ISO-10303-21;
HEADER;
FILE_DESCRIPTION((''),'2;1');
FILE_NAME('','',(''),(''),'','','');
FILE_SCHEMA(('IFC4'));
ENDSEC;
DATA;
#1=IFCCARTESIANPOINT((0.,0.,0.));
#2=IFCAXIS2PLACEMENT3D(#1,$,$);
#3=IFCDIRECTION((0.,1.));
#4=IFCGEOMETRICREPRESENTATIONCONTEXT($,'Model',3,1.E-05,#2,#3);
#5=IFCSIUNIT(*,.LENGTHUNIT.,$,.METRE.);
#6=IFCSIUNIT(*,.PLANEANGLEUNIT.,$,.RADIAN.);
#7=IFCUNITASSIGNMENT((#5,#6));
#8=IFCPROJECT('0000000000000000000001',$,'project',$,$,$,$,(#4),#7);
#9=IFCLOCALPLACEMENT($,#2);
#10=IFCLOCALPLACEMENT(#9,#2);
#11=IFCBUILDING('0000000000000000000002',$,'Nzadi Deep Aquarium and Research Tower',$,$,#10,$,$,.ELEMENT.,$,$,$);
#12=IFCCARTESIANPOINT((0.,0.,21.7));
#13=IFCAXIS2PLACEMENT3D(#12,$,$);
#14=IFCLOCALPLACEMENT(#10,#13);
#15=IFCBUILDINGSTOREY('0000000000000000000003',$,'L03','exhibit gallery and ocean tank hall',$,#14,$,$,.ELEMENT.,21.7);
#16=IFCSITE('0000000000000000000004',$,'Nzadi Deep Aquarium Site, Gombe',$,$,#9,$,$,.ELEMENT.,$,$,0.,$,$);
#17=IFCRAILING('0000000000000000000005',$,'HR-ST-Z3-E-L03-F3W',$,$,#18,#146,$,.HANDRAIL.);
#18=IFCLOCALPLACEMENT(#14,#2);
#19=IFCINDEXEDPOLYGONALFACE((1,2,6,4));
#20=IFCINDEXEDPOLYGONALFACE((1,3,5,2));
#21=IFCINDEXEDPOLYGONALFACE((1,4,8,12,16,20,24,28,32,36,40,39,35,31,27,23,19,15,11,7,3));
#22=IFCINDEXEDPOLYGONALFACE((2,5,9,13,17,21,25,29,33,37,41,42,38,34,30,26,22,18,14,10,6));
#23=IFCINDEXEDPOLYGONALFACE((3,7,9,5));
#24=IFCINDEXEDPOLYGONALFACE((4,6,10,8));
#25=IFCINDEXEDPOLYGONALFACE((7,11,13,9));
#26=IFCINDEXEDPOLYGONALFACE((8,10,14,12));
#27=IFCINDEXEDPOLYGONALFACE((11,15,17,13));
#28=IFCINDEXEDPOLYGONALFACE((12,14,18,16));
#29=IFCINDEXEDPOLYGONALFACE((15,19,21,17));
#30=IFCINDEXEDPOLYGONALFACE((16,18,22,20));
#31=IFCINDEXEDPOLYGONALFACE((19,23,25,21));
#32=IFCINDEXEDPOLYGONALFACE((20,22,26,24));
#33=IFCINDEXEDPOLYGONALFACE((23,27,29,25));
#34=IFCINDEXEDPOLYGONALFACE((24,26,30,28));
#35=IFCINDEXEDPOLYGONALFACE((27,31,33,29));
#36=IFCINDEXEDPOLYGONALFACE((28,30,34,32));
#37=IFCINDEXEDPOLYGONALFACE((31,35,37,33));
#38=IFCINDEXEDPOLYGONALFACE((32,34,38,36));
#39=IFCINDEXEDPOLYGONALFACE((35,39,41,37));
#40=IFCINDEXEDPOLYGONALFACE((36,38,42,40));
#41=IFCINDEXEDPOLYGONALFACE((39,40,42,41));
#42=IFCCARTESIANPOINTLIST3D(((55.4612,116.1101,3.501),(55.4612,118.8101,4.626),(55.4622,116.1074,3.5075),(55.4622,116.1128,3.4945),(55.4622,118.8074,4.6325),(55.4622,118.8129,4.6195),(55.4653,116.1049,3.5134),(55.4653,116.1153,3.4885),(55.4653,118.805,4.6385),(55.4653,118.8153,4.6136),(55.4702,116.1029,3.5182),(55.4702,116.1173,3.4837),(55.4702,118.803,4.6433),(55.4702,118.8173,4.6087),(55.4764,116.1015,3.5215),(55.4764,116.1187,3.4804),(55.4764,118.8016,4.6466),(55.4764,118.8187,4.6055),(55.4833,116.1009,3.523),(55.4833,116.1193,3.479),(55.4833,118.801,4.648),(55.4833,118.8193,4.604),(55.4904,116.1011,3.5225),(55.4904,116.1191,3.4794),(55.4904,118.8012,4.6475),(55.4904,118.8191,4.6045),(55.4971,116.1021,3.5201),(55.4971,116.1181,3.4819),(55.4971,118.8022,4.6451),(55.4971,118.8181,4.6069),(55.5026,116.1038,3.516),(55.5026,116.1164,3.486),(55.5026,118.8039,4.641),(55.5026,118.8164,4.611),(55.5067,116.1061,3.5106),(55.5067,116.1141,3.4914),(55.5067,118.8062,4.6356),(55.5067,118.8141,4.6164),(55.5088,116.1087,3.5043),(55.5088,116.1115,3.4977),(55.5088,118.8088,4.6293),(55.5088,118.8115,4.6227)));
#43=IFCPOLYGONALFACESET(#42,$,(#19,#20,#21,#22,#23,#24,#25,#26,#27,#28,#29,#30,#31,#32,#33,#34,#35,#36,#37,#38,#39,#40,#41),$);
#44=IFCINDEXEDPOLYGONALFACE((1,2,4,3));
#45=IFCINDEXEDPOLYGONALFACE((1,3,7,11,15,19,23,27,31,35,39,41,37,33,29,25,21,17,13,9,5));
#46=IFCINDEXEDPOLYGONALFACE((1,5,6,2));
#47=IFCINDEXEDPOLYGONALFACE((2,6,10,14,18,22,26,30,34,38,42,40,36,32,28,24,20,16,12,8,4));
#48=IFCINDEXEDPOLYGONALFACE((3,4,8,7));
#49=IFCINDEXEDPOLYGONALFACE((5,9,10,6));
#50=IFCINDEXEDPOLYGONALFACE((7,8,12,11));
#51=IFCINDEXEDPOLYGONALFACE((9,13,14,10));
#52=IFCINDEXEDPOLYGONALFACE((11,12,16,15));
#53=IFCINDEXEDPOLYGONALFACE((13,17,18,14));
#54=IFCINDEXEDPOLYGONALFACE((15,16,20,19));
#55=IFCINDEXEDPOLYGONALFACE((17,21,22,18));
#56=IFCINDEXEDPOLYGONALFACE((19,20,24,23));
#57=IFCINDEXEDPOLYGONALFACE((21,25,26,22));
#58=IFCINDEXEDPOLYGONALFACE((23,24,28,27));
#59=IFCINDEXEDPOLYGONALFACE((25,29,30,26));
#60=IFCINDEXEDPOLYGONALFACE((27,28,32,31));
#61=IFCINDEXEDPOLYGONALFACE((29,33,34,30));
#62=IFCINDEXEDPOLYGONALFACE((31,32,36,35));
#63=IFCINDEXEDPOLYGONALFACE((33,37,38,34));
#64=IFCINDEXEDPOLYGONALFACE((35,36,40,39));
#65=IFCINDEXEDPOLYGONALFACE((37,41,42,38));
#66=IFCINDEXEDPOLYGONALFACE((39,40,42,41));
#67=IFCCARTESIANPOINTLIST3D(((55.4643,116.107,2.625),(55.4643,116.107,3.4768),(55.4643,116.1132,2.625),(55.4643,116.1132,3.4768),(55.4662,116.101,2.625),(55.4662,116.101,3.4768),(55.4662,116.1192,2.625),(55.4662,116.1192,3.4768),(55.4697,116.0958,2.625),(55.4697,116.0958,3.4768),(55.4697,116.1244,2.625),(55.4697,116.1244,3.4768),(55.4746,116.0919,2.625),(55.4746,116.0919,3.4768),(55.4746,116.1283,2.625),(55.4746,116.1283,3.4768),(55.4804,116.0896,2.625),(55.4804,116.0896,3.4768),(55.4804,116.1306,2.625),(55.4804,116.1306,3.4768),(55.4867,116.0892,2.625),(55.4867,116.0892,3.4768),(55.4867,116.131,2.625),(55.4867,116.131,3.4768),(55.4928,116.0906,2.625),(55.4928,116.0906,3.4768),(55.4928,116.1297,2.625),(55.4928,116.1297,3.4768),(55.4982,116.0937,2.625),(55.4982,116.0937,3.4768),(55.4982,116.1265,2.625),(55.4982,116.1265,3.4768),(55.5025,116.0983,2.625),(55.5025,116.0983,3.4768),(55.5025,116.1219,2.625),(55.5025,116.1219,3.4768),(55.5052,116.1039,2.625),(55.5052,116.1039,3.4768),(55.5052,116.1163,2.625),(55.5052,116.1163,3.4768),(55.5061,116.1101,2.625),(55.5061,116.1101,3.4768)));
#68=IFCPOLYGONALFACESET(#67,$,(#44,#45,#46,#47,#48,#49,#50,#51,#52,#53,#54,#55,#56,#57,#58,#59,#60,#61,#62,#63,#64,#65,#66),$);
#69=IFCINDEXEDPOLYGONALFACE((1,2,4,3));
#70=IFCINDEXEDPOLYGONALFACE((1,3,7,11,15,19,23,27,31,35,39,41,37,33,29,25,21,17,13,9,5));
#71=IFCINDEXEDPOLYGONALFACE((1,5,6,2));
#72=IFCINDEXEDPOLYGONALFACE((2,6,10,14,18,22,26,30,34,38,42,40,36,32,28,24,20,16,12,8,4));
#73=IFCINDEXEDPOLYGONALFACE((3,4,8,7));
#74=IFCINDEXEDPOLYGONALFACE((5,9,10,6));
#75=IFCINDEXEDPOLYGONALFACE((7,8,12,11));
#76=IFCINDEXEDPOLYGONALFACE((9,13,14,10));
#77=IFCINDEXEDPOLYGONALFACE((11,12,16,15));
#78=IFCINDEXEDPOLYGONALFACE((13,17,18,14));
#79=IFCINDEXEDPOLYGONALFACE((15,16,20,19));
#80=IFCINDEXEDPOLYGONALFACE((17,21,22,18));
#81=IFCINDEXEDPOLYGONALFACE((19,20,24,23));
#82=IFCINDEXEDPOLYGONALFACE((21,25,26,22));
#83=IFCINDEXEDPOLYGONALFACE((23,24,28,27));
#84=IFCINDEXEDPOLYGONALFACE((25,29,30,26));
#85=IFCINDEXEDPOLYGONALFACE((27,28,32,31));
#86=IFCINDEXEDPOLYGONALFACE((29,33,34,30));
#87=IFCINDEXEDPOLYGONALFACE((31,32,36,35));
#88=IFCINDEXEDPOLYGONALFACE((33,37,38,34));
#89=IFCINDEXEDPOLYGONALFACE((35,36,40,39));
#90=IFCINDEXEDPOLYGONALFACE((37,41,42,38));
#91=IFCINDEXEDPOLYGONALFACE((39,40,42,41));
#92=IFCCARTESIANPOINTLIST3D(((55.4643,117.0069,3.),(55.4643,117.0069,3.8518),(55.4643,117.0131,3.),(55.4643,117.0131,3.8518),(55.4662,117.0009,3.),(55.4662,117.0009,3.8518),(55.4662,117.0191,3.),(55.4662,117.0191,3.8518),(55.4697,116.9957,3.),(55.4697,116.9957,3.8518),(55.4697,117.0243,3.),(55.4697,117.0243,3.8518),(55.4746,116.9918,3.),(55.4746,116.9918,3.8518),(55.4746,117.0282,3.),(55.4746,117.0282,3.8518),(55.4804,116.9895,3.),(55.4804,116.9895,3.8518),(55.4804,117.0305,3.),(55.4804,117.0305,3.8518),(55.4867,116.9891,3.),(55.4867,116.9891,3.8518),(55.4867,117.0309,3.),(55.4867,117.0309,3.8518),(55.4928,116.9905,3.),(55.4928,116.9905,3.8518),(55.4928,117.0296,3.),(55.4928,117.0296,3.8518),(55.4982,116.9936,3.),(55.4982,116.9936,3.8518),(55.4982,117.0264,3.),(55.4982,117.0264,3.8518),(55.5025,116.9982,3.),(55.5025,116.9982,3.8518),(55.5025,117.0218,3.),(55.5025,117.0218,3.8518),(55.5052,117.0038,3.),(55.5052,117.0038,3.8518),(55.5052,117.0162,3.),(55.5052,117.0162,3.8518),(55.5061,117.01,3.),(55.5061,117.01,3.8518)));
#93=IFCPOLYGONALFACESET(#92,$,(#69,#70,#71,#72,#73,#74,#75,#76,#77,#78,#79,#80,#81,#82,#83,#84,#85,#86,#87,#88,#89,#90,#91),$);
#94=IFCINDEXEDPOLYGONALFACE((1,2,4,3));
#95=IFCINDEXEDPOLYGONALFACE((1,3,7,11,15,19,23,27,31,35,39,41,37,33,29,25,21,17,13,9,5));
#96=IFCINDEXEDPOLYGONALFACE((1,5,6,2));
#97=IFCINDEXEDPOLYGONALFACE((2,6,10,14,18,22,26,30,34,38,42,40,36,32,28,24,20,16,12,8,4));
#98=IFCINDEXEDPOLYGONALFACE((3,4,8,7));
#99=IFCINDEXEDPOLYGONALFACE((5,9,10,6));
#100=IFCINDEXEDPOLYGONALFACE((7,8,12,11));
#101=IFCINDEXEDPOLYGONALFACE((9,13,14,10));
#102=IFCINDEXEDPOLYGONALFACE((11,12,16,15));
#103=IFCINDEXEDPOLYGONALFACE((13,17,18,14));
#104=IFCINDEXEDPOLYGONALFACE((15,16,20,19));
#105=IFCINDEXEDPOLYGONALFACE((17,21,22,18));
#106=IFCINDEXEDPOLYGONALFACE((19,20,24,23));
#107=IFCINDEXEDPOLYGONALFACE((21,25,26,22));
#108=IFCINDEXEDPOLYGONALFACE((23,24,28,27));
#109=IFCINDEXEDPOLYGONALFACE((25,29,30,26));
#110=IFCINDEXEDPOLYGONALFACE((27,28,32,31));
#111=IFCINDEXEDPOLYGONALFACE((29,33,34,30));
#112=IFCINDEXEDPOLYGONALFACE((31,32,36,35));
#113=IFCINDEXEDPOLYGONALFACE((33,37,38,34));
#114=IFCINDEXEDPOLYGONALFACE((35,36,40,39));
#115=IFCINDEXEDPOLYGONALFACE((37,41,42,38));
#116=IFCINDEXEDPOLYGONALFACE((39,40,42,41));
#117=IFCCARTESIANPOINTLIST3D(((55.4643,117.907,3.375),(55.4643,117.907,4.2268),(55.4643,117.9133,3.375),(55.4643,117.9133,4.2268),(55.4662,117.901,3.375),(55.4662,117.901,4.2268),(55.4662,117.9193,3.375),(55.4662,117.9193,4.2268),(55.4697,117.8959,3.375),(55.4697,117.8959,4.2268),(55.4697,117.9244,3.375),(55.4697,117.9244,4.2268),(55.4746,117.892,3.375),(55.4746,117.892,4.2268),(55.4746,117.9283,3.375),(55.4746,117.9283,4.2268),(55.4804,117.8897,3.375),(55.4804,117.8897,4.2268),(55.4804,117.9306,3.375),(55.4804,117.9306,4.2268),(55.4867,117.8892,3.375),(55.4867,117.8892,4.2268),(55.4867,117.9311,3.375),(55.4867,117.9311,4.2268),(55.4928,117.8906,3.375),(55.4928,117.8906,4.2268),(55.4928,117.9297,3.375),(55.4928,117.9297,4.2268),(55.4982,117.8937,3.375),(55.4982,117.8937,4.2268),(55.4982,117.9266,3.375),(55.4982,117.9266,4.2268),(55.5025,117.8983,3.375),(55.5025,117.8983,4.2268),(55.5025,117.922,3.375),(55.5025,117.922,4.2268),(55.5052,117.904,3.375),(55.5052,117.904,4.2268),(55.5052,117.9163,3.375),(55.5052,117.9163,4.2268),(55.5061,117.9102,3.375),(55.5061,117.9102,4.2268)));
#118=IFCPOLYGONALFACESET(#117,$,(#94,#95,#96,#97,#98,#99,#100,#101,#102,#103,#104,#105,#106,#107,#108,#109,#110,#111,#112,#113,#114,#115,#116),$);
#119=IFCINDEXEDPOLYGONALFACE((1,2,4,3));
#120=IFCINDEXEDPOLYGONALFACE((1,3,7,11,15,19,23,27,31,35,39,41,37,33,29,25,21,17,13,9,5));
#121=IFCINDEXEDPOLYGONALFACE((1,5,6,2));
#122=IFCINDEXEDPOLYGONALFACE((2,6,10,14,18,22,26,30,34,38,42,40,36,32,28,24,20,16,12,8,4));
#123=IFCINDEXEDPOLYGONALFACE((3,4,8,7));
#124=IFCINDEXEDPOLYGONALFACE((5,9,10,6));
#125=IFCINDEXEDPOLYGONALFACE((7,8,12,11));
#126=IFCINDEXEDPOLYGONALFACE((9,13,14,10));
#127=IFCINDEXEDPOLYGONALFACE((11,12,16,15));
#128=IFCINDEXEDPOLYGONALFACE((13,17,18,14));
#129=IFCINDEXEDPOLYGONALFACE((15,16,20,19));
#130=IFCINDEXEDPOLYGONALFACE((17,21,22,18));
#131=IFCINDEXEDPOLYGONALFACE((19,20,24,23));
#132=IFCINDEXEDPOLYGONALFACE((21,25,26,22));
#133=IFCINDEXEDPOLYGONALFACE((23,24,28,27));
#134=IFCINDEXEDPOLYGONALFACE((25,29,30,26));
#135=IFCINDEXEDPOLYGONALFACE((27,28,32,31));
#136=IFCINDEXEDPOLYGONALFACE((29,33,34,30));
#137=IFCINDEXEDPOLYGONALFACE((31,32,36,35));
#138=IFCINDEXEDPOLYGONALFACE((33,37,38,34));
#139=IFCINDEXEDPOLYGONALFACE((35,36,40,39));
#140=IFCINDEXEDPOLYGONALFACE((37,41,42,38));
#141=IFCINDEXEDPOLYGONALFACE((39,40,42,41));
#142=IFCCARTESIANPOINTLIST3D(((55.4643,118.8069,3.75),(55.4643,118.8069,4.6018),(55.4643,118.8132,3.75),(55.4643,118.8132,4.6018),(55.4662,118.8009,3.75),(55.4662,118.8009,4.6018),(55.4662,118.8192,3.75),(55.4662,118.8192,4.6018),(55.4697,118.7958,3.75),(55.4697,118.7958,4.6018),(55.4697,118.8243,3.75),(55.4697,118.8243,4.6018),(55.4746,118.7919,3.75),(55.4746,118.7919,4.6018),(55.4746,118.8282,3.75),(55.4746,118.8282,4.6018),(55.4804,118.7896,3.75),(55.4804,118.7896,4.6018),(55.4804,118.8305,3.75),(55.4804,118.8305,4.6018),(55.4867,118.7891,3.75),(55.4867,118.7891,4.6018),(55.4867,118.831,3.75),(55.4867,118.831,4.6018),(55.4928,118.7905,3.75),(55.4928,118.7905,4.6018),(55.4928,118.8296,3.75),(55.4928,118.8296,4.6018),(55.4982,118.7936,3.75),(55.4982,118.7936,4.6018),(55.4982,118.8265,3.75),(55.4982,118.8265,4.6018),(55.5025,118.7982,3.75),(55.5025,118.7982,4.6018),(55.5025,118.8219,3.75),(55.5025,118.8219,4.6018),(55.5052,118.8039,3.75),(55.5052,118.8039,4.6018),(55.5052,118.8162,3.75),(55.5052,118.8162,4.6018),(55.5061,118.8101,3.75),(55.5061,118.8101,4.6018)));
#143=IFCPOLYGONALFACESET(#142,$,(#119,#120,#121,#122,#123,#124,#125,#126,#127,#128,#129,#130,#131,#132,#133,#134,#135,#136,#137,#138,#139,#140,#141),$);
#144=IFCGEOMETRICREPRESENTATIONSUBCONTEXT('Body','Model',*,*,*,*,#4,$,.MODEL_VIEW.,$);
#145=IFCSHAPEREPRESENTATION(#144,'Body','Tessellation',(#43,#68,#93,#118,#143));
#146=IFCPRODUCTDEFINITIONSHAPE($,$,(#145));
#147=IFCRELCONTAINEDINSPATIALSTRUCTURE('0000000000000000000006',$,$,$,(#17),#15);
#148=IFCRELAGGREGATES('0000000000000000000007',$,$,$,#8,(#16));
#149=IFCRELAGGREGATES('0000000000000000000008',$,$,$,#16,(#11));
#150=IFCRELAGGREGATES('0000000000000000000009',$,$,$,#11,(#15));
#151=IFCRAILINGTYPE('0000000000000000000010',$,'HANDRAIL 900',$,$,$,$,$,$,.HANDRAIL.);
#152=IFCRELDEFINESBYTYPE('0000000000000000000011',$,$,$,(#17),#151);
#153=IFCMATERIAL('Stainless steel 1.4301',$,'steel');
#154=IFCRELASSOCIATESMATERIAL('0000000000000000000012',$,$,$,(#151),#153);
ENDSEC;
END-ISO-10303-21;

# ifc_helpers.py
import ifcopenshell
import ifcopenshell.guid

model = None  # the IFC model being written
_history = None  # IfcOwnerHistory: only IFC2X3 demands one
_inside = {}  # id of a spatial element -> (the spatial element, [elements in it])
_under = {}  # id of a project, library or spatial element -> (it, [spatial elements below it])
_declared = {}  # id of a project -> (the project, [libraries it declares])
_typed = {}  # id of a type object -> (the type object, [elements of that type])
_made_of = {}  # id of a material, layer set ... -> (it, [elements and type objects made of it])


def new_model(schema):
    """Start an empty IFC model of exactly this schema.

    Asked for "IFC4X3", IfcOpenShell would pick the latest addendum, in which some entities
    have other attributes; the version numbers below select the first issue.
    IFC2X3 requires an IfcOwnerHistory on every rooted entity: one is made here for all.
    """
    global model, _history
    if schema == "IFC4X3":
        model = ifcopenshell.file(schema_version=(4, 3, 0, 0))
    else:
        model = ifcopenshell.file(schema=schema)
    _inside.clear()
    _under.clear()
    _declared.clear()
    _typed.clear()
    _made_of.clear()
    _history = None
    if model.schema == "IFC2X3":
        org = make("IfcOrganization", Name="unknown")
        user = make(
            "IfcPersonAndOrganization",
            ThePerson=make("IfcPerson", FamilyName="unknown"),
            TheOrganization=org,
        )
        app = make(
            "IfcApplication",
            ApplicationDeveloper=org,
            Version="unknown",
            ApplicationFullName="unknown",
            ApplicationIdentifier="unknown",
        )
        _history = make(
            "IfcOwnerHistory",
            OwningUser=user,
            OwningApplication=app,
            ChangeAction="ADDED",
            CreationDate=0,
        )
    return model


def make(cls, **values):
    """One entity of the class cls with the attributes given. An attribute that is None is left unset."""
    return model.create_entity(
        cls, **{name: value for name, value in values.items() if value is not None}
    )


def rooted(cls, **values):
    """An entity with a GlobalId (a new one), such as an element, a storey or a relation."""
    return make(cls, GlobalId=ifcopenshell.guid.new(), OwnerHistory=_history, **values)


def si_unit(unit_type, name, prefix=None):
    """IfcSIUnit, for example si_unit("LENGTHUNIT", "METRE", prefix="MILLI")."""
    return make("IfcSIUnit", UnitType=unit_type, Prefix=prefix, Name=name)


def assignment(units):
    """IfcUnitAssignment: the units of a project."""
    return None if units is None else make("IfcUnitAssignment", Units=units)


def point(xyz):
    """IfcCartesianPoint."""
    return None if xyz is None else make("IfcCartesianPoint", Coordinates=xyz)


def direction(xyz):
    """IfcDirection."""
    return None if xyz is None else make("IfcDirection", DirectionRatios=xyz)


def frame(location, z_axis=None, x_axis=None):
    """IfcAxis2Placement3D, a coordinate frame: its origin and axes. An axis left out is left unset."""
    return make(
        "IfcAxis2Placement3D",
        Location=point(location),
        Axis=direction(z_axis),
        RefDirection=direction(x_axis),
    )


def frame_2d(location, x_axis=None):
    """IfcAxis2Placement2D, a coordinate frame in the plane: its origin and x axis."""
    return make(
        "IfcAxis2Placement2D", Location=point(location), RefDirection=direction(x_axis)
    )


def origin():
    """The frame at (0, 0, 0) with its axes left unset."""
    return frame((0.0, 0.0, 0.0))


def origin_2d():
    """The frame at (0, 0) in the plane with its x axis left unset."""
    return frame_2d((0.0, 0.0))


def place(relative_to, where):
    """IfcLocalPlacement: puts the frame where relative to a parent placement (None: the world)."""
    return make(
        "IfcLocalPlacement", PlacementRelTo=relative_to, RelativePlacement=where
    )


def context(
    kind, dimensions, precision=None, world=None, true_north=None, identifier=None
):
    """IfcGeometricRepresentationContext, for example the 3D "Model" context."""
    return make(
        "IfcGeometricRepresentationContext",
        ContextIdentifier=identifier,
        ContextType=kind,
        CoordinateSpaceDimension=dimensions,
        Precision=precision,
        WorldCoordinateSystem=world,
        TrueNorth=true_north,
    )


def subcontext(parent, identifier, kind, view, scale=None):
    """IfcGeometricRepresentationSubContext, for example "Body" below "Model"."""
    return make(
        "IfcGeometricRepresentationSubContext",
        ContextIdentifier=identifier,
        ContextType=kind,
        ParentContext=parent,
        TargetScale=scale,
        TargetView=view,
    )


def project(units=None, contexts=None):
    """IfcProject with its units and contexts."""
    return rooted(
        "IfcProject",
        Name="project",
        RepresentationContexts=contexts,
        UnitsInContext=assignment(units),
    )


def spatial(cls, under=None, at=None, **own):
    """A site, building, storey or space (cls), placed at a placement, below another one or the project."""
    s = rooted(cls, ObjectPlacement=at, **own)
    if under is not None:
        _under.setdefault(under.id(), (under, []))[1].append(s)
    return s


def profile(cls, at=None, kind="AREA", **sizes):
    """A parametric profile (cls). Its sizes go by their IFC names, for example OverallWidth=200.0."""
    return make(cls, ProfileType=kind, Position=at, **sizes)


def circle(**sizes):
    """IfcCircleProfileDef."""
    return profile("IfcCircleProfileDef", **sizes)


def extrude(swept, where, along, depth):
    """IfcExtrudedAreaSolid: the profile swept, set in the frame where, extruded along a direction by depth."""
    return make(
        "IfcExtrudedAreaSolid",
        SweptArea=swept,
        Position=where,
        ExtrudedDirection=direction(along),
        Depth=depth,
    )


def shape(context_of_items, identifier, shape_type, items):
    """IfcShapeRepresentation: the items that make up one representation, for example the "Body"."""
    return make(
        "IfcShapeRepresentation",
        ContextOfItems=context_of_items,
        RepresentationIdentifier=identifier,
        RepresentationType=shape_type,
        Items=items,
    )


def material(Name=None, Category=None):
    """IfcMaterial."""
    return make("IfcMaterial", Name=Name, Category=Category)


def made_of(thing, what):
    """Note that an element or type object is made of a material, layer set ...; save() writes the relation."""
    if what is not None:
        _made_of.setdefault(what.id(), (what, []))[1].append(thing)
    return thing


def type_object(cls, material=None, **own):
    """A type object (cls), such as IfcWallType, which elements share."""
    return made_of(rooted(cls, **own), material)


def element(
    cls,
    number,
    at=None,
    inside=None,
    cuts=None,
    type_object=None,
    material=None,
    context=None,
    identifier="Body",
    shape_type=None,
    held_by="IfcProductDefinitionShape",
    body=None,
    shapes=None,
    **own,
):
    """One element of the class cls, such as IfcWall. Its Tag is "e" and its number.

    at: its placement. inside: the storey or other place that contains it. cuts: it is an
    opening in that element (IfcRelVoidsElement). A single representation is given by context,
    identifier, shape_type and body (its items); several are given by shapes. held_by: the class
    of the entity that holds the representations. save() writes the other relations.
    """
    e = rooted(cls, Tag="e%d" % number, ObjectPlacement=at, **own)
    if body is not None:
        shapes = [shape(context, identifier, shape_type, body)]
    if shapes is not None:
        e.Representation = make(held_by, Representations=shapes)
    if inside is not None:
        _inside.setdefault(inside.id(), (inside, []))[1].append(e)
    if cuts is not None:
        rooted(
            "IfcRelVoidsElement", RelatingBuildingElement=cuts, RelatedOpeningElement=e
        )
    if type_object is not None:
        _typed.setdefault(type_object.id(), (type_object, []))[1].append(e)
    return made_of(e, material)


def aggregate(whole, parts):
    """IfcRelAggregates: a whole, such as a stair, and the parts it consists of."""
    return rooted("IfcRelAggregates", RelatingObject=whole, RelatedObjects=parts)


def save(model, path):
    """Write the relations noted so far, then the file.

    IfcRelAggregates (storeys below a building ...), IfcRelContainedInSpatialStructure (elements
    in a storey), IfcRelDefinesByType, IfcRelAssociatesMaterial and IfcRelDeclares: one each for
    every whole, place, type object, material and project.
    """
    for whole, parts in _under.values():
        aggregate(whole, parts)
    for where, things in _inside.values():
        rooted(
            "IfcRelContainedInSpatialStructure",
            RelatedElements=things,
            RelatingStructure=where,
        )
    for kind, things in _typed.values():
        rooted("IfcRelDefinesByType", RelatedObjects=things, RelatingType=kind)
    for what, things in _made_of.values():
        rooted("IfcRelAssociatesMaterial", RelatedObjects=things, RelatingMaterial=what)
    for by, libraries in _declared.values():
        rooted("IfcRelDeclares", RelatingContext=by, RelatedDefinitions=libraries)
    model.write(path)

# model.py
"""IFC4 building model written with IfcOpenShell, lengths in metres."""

from ifc_helpers import new_model, si_unit, direction, frame, origin, origin_2d, place, context, subcontext, project, spatial, circle, extrude, material, type_object, element, save


model = new_model("IFC4")

# Units and contexts
model_context = context("Model", 3, precision=1e-05, world=origin(), true_north=direction((0.0, 1.0)))
body_context = subcontext(model_context, "Body", "Model", "MODEL_VIEW")
ifc_project = project(units=[si_unit("LENGTHUNIT", "METRE"), si_unit("PLANEANGLEUNIT", "RADIAN")], contexts=[model_context])

# Site, building, storey
site_placement = place(None, origin())
site = spatial("IfcSite", under=ifc_project, at=site_placement, Name="Nzadi Deep Aquarium Site, Gombe", CompositionType="ELEMENT", RefElevation=0.0)
building_placement = place(site_placement, origin())
building = spatial("IfcBuilding", under=site, at=building_placement, Name="Nzadi Deep Aquarium and Research Tower", CompositionType="ELEMENT")
storey_placement = place(building_placement, frame((0.0, 0.0, 21.7)))
storey = spatial("IfcBuildingStorey", under=building, at=storey_placement, Name="L03", Description="exhibit gallery and ocean tank hall", CompositionType="ELEMENT", Elevation=21.7)

# Railing
ifc_material_1 = material(Name="Stainless steel 1.4301", Category="steel")
railing_type = type_object("IfcRailingType", Name="HANDRAIL 900", PredefinedType="HANDRAIL", material=ifc_material_1)
for number, where, name in (
    (1, (55.4851, 116.1101, 2.625), "HR-ST-Z3-E-L03-F3W"),
):
    element("IfcRailing", number, at=place(storey_placement, frame(where)), inside=storey, type_object=railing_type, Name=name, PredefinedType="HANDRAIL", context=body_context, shape_type="SweptSolid", body=[
        extrude(circle(Radius=0.0239, at=origin_2d()), frame((0.0, 0.0, 0.876), z_axis=(0.0, 0.923074, 0.384621), x_axis=(-1.0, 0.0, 0.0)), (0.0, 0.0, 1.0), 2.925),
        extrude(circle(Radius=0.021, at=origin_2d()), origin(), (0.0, 0.0, 1.0), 0.8518),
        extrude(circle(Radius=0.021, at=origin_2d()), frame((0.0, 0.8999, 0.375)), (0.0, 0.0, 1.0), 0.8518),
        extrude(circle(Radius=0.021, at=origin_2d()), frame((0.0, 1.8, 0.75)), (0.0, 0.0, 1.0), 0.8518),
        extrude(circle(Radius=0.021, at=origin_2d()), frame((0.0, 2.7, 1.125)), (0.0, 0.0, 1.0), 0.8518),
    ])

save(model, "model.ifc")
